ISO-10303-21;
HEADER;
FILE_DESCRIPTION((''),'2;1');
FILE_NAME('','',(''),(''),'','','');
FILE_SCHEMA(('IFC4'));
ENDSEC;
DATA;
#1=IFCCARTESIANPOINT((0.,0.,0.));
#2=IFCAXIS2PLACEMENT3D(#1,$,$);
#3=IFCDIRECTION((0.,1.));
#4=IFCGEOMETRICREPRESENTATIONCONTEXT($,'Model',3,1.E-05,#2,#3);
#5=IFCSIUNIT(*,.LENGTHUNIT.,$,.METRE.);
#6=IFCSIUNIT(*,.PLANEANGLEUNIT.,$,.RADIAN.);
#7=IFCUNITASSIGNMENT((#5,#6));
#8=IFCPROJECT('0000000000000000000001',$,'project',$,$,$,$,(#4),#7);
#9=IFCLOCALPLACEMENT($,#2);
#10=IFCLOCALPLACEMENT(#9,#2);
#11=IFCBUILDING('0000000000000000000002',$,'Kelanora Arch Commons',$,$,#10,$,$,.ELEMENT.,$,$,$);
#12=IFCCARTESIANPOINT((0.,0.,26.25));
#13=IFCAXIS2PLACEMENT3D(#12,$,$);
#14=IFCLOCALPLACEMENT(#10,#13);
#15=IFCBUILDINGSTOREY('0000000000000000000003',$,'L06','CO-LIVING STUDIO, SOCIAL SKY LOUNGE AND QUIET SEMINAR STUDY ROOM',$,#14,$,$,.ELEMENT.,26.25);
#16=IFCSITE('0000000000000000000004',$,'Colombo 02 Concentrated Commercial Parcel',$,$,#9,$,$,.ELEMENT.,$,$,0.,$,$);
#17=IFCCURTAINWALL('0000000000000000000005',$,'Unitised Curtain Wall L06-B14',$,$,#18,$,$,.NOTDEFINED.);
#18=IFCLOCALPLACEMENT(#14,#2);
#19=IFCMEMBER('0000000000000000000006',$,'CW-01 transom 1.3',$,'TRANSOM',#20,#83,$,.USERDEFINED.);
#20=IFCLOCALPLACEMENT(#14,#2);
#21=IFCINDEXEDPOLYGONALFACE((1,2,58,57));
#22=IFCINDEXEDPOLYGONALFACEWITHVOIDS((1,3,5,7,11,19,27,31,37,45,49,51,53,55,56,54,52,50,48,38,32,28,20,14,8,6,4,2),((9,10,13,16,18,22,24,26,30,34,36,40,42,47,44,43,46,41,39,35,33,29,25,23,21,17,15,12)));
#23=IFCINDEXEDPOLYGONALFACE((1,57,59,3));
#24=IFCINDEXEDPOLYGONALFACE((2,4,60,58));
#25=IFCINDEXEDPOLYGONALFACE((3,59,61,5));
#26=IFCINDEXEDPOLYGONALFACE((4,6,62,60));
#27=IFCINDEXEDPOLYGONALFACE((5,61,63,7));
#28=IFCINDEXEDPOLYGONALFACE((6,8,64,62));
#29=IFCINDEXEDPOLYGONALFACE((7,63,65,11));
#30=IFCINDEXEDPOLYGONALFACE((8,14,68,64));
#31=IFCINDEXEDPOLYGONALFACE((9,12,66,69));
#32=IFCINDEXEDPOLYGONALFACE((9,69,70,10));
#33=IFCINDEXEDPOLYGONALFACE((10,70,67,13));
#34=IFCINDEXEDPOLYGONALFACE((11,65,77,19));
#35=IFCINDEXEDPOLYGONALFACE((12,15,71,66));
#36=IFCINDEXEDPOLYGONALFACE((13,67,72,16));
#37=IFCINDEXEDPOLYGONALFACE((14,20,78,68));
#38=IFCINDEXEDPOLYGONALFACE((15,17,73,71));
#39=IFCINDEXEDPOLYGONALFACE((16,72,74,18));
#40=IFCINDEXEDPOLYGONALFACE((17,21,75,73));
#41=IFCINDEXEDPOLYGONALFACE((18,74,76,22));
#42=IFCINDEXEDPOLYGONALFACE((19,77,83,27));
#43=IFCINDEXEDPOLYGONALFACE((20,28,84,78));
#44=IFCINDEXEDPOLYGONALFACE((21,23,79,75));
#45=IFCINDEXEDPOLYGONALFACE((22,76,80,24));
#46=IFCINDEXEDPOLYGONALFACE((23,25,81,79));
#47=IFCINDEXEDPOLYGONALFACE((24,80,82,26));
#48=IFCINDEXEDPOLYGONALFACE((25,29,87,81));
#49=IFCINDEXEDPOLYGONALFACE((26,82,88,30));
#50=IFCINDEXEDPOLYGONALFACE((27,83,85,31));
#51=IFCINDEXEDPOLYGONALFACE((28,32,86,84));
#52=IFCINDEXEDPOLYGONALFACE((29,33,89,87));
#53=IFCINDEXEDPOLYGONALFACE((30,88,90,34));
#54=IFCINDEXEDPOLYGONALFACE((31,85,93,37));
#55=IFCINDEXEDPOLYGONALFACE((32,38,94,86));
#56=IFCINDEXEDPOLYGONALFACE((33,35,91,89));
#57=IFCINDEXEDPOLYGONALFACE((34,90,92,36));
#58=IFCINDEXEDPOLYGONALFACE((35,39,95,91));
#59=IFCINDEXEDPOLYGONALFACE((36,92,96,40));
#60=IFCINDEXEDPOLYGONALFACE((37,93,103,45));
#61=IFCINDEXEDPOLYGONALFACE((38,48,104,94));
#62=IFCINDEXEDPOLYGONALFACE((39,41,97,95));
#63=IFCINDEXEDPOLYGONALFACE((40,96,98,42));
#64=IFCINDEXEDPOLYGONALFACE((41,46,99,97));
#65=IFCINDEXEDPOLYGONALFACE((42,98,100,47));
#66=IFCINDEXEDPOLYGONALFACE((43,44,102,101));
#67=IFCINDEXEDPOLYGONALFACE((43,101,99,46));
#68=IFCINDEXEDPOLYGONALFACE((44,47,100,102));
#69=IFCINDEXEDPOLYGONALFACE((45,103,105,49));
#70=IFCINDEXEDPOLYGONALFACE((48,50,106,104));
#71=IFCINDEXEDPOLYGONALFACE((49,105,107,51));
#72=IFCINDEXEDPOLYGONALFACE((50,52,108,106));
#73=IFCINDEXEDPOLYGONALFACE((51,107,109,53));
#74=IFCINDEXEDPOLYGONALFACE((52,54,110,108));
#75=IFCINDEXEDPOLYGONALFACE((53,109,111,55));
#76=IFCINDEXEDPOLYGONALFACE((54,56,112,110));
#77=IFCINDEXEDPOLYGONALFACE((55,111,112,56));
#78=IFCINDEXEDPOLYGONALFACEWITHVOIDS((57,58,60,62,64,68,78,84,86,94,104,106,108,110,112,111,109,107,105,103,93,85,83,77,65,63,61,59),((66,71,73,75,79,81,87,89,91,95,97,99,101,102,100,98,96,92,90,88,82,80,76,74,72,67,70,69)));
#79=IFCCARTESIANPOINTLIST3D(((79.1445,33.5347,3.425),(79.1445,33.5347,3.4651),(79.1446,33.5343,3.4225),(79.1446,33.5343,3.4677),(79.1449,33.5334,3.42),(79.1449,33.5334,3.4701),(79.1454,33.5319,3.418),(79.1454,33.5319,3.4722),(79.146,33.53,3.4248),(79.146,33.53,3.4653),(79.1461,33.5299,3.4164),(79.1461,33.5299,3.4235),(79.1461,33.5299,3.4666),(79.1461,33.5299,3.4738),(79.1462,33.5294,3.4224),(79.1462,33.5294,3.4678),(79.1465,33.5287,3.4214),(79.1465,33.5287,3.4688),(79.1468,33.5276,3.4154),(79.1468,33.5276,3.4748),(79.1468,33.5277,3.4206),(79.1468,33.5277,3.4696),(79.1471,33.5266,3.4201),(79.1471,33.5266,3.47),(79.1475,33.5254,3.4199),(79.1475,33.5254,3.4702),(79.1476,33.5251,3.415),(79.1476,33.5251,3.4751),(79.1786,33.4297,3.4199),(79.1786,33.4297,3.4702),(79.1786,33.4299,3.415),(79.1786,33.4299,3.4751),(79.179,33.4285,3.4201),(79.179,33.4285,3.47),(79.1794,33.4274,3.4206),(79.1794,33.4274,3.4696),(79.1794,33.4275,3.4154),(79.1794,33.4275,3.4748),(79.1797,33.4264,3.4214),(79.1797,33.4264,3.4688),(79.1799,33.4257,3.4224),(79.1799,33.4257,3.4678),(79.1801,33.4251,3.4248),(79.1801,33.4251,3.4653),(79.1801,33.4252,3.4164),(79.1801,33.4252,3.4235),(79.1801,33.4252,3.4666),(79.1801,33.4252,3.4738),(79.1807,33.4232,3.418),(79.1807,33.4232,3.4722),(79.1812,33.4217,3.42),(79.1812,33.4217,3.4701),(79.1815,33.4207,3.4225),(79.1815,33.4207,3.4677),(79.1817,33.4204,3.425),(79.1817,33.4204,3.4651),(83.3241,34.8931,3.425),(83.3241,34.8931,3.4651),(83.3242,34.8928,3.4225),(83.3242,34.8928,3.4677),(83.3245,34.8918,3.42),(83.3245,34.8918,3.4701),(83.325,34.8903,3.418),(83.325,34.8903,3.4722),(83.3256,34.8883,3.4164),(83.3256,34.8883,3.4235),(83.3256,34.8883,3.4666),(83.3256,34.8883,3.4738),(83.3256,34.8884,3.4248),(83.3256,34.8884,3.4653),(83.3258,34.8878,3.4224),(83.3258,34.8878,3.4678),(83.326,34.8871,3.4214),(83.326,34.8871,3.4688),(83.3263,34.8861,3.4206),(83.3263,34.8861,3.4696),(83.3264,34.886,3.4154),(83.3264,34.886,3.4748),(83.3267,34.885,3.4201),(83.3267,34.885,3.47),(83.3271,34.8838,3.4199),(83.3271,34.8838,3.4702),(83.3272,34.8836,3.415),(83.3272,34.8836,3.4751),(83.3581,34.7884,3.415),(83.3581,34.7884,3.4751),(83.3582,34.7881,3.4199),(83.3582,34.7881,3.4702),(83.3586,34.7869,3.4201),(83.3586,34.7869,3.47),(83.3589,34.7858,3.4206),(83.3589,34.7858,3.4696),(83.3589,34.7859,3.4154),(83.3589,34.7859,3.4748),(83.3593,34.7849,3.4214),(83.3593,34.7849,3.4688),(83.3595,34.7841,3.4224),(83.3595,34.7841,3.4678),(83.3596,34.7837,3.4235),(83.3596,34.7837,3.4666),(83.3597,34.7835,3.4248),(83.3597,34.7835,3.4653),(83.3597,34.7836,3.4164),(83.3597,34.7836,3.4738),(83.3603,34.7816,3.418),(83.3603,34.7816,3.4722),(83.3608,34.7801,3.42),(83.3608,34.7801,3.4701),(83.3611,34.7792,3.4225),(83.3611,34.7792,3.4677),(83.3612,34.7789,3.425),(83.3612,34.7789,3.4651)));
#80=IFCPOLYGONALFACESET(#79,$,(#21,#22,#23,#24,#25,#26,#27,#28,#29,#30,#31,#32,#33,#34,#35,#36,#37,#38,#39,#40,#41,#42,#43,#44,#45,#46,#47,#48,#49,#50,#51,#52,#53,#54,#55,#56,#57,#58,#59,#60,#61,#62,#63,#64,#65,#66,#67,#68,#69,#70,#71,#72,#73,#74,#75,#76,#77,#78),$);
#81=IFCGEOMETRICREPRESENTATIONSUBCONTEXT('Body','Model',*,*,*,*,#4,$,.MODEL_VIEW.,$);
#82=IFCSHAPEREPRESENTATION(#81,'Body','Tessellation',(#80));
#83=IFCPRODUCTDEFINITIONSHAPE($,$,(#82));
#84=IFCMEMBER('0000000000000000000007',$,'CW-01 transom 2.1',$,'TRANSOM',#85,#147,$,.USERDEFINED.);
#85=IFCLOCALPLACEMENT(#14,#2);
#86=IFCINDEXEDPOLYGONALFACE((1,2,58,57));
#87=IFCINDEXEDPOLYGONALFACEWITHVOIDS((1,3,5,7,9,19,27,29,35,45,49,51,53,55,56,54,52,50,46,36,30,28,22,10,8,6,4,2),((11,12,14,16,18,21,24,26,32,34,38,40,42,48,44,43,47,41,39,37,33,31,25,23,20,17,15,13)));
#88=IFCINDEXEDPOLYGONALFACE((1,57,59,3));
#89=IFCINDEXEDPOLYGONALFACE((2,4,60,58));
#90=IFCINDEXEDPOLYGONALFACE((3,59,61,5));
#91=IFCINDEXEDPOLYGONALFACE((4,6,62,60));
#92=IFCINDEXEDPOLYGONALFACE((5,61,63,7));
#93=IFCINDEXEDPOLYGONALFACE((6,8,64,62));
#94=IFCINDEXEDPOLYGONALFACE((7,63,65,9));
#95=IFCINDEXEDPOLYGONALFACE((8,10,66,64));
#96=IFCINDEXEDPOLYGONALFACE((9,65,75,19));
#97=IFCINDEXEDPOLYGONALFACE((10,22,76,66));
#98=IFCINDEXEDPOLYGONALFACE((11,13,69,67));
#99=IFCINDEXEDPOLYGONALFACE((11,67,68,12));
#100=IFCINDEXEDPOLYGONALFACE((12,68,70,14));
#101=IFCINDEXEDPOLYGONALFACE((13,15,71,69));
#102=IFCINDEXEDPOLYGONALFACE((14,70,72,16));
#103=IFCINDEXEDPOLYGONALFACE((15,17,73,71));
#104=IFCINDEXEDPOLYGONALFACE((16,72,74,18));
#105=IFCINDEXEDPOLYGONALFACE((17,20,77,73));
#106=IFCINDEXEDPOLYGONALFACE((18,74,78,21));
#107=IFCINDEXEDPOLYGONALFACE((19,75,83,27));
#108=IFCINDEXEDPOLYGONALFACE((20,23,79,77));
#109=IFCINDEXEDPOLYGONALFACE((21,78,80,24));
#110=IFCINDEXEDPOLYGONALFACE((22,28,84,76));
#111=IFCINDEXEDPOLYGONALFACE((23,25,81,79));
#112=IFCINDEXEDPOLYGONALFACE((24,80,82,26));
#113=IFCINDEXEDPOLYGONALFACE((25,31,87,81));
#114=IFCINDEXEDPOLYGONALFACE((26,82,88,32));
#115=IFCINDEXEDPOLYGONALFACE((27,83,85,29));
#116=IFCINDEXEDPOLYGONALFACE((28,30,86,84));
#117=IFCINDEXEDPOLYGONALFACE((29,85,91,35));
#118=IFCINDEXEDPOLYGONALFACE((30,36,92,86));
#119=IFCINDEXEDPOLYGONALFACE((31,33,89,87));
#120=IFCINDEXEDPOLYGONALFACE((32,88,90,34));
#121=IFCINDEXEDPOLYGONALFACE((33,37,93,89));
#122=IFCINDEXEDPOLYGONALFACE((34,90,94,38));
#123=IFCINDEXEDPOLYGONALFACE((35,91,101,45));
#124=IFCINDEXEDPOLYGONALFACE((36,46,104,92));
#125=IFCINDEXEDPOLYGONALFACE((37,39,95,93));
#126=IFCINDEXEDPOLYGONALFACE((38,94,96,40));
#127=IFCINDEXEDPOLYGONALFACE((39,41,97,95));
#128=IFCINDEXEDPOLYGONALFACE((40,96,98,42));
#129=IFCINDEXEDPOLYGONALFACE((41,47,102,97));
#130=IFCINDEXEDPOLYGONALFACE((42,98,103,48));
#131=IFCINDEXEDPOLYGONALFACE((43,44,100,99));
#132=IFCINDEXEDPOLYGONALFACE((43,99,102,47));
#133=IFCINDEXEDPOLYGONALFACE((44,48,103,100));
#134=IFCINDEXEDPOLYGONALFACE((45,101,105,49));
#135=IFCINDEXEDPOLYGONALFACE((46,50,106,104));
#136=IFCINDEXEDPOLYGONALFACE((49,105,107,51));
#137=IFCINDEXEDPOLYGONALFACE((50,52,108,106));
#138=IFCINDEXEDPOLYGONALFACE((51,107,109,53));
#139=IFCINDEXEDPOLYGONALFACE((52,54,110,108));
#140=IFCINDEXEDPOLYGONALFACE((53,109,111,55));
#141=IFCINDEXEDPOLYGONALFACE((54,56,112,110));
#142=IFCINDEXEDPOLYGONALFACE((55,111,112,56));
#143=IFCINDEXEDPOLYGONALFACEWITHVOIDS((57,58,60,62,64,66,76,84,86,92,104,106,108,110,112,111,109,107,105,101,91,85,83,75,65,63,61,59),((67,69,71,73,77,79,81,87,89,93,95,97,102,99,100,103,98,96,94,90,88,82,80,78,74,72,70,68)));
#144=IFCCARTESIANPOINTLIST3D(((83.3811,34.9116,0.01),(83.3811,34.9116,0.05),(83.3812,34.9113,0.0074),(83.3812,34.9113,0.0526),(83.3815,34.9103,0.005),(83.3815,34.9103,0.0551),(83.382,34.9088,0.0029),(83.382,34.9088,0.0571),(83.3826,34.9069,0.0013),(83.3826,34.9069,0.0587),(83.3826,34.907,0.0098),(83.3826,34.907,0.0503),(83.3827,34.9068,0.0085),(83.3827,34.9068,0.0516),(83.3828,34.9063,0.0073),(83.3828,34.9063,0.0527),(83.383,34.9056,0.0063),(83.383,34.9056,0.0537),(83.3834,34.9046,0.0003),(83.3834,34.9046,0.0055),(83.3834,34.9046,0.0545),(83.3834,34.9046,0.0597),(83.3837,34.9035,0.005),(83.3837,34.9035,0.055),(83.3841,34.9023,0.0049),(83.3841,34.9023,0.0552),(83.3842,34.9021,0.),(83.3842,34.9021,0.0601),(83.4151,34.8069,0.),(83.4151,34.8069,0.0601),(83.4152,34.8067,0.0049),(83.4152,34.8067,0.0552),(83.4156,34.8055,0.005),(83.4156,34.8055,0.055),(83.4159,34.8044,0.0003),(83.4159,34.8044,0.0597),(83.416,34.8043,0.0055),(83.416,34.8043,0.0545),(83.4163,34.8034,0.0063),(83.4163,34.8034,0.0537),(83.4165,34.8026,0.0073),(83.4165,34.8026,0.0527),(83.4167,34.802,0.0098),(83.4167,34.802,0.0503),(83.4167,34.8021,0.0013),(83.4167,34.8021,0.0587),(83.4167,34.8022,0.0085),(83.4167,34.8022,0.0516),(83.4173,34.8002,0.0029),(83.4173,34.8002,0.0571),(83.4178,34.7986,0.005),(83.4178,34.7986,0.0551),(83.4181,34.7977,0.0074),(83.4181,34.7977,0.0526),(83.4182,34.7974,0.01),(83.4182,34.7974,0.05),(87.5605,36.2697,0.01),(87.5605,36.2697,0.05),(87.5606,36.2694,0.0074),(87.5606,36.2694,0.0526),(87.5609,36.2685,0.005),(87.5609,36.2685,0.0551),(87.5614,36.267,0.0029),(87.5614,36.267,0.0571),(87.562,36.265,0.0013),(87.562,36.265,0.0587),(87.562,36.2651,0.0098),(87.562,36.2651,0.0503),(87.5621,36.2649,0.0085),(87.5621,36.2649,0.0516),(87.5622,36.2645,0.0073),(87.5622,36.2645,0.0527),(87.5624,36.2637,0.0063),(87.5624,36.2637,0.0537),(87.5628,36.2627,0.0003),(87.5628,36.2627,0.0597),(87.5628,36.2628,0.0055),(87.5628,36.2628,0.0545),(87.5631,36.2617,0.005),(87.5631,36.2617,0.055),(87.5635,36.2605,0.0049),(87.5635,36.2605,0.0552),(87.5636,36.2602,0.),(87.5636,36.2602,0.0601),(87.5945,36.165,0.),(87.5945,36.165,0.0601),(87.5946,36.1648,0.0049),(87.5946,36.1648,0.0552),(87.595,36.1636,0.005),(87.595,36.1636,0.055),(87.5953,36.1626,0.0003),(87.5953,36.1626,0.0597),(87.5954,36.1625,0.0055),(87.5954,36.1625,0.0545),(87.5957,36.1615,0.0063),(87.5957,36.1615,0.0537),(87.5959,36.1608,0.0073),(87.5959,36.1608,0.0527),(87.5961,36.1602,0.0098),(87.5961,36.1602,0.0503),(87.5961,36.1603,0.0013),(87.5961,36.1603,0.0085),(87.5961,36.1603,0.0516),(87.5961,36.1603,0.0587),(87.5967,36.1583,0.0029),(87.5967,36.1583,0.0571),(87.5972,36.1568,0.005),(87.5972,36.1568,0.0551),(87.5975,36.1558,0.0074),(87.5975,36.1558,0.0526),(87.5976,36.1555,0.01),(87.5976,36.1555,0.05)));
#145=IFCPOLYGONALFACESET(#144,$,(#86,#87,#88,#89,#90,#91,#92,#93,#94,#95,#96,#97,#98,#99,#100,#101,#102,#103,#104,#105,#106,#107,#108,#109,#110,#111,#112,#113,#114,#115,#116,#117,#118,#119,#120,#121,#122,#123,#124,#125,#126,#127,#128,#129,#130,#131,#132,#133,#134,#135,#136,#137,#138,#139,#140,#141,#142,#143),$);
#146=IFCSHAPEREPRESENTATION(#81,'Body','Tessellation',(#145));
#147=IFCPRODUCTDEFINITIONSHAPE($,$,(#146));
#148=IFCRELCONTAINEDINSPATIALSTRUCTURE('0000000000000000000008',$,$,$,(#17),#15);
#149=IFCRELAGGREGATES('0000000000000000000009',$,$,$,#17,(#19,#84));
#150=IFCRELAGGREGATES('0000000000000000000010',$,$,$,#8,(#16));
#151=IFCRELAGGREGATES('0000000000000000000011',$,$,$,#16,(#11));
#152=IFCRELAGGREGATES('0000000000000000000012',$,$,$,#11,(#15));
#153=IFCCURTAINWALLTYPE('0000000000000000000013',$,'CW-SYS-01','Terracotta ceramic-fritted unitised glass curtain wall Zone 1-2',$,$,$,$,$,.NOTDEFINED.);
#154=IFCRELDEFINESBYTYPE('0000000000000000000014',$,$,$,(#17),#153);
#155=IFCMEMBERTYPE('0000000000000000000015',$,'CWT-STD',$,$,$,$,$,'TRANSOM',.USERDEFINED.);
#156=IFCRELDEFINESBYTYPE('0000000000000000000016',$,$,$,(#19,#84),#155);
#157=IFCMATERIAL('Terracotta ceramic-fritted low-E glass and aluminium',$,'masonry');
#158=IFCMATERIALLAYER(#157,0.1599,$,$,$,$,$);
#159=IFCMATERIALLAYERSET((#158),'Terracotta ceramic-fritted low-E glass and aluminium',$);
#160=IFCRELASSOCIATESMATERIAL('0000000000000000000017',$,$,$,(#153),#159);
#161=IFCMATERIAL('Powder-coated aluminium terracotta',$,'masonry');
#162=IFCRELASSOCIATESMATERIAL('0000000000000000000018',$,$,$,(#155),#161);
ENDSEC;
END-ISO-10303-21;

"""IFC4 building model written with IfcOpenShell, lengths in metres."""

from ifc_helpers import new_model, si_unit, direction, frame, origin, origin_2d, place, context, subcontext, project, spatial, hollow_rectangle, extrude, material, layer, layer_set, material_profile, profile_set, type_object, element, aggregate, save


model = new_model("IFC4")

# Units and contexts
model_context = context("Model", 3, precision=1e-05, world=origin(), true_north=direction((0.0, 1.0)))
body_context = subcontext(model_context, "Body", "Model", "MODEL_VIEW")
ifc_project = project(units=[si_unit("LENGTHUNIT", "METRE"), si_unit("PLANEANGLEUNIT", "RADIAN")], contexts=[model_context])

# Site, building, storey
site_placement = place(None, origin())
site = spatial("IfcSite", under=ifc_project, at=site_placement, Name="Colombo 02 Concentrated Commercial Parcel", CompositionType="ELEMENT", RefElevation=0.0)
building_placement = place(site_placement, origin())
building = spatial("IfcBuilding", under=site, at=building_placement, Name="Kelanora Arch Commons", CompositionType="ELEMENT")
storey_placement = place(building_placement, frame((0.0, 0.0, 26.25)))
storey = spatial("IfcBuildingStorey", under=building, at=storey_placement, Name="L06", Description="CO-LIVING STUDIO, SOCIAL SKY LOUNGE AND QUIET SEMINAR STUDY ROOM", CompositionType="ELEMENT", Elevation=26.25)

# Curtain wall, members
ifc_material_1 = material(Name="Terracotta ceramic-fritted low-E glass and aluminium", Category="masonry")
ifc_layer_1 = layer(ifc_material_1, 0.1599)
ifc_layer_set_1 = layer_set([ifc_layer_1], Name="Terracotta ceramic-fritted low-E glass and aluminium")
curtain_wall_type = type_object("IfcCurtainWallType", Name="CW-SYS-01", Description="Terracotta ceramic-fritted unitised glass curtain wall Zone 1-2", PredefinedType="NOTDEFINED", material=ifc_layer_set_1)
curtain_wall_placement = place(storey_placement, origin())
curtain_wall = element("IfcCurtainWall", 1, at=curtain_wall_placement, inside=storey, type_object=curtain_wall_type, Name="Unitised Curtain Wall L06-B14", PredefinedType="NOTDEFINED")
ifc_material_2 = material(Name="Powder-coated aluminium terracotta", Category="masonry")
ifc_material_profile_1 = material_profile(ifc_material_2, hollow_rectangle(XDim=0.1201, YDim=0.0601, WallThickness=0.0049, InnerFilletRadius=0.0049, OuterFilletRadius=0.01, at=origin_2d()), Name="CWT120x60")
ifc_profile_set_1 = profile_set([ifc_material_profile_1], Name="Powder-coated aluminium terracotta")
member_type_1 = type_object("IfcMemberType", Name="CWT-STD", ElementType="TRANSOM", PredefinedType="USERDEFINED", material=ifc_profile_set_1)
member_1_placement = place(storey_placement, frame((79.1631, 33.4775, 3.4451), z_axis=(0.951029, 0.309102, 0.0), x_axis=(-0.309102, 0.951029, 0.0)))
member_1 = element("IfcMember", 2, at=member_1_placement, type_object=member_type_1, Name="CW-01 transom 1.3", ObjectType="TRANSOM", PredefinedType="USERDEFINED", context=body_context, shape_type="SweptSolid", body=[
    extrude(hollow_rectangle(XDim=0.1201, YDim=0.0601, WallThickness=0.0049, InnerFilletRadius=0.0049, OuterFilletRadius=0.01, at=origin_2d()), origin(), (0.0, 0.0, 1.0), 4.3948),
])
member_2_placement = place(storey_placement, frame((83.3997, 34.8545, 0.03), z_axis=(0.951045, 0.309052, 0.0), x_axis=(-0.309052, 0.951045, 0.0)))
member_2 = element("IfcMember", 3, at=member_2_placement, type_object=member_type_1, Name="CW-01 transom 2.1", ObjectType="TRANSOM", PredefinedType="USERDEFINED", context=body_context, shape_type="SweptSolid", body=[
    extrude(hollow_rectangle(XDim=0.1201, YDim=0.0601, WallThickness=0.0049, InnerFilletRadius=0.0049, OuterFilletRadius=0.01, at=origin_2d()), origin(), (0.0, 0.0, 1.0), 4.3945),
])
aggregate(curtain_wall, [member_1, member_2])

save(model, "model.ifc")
